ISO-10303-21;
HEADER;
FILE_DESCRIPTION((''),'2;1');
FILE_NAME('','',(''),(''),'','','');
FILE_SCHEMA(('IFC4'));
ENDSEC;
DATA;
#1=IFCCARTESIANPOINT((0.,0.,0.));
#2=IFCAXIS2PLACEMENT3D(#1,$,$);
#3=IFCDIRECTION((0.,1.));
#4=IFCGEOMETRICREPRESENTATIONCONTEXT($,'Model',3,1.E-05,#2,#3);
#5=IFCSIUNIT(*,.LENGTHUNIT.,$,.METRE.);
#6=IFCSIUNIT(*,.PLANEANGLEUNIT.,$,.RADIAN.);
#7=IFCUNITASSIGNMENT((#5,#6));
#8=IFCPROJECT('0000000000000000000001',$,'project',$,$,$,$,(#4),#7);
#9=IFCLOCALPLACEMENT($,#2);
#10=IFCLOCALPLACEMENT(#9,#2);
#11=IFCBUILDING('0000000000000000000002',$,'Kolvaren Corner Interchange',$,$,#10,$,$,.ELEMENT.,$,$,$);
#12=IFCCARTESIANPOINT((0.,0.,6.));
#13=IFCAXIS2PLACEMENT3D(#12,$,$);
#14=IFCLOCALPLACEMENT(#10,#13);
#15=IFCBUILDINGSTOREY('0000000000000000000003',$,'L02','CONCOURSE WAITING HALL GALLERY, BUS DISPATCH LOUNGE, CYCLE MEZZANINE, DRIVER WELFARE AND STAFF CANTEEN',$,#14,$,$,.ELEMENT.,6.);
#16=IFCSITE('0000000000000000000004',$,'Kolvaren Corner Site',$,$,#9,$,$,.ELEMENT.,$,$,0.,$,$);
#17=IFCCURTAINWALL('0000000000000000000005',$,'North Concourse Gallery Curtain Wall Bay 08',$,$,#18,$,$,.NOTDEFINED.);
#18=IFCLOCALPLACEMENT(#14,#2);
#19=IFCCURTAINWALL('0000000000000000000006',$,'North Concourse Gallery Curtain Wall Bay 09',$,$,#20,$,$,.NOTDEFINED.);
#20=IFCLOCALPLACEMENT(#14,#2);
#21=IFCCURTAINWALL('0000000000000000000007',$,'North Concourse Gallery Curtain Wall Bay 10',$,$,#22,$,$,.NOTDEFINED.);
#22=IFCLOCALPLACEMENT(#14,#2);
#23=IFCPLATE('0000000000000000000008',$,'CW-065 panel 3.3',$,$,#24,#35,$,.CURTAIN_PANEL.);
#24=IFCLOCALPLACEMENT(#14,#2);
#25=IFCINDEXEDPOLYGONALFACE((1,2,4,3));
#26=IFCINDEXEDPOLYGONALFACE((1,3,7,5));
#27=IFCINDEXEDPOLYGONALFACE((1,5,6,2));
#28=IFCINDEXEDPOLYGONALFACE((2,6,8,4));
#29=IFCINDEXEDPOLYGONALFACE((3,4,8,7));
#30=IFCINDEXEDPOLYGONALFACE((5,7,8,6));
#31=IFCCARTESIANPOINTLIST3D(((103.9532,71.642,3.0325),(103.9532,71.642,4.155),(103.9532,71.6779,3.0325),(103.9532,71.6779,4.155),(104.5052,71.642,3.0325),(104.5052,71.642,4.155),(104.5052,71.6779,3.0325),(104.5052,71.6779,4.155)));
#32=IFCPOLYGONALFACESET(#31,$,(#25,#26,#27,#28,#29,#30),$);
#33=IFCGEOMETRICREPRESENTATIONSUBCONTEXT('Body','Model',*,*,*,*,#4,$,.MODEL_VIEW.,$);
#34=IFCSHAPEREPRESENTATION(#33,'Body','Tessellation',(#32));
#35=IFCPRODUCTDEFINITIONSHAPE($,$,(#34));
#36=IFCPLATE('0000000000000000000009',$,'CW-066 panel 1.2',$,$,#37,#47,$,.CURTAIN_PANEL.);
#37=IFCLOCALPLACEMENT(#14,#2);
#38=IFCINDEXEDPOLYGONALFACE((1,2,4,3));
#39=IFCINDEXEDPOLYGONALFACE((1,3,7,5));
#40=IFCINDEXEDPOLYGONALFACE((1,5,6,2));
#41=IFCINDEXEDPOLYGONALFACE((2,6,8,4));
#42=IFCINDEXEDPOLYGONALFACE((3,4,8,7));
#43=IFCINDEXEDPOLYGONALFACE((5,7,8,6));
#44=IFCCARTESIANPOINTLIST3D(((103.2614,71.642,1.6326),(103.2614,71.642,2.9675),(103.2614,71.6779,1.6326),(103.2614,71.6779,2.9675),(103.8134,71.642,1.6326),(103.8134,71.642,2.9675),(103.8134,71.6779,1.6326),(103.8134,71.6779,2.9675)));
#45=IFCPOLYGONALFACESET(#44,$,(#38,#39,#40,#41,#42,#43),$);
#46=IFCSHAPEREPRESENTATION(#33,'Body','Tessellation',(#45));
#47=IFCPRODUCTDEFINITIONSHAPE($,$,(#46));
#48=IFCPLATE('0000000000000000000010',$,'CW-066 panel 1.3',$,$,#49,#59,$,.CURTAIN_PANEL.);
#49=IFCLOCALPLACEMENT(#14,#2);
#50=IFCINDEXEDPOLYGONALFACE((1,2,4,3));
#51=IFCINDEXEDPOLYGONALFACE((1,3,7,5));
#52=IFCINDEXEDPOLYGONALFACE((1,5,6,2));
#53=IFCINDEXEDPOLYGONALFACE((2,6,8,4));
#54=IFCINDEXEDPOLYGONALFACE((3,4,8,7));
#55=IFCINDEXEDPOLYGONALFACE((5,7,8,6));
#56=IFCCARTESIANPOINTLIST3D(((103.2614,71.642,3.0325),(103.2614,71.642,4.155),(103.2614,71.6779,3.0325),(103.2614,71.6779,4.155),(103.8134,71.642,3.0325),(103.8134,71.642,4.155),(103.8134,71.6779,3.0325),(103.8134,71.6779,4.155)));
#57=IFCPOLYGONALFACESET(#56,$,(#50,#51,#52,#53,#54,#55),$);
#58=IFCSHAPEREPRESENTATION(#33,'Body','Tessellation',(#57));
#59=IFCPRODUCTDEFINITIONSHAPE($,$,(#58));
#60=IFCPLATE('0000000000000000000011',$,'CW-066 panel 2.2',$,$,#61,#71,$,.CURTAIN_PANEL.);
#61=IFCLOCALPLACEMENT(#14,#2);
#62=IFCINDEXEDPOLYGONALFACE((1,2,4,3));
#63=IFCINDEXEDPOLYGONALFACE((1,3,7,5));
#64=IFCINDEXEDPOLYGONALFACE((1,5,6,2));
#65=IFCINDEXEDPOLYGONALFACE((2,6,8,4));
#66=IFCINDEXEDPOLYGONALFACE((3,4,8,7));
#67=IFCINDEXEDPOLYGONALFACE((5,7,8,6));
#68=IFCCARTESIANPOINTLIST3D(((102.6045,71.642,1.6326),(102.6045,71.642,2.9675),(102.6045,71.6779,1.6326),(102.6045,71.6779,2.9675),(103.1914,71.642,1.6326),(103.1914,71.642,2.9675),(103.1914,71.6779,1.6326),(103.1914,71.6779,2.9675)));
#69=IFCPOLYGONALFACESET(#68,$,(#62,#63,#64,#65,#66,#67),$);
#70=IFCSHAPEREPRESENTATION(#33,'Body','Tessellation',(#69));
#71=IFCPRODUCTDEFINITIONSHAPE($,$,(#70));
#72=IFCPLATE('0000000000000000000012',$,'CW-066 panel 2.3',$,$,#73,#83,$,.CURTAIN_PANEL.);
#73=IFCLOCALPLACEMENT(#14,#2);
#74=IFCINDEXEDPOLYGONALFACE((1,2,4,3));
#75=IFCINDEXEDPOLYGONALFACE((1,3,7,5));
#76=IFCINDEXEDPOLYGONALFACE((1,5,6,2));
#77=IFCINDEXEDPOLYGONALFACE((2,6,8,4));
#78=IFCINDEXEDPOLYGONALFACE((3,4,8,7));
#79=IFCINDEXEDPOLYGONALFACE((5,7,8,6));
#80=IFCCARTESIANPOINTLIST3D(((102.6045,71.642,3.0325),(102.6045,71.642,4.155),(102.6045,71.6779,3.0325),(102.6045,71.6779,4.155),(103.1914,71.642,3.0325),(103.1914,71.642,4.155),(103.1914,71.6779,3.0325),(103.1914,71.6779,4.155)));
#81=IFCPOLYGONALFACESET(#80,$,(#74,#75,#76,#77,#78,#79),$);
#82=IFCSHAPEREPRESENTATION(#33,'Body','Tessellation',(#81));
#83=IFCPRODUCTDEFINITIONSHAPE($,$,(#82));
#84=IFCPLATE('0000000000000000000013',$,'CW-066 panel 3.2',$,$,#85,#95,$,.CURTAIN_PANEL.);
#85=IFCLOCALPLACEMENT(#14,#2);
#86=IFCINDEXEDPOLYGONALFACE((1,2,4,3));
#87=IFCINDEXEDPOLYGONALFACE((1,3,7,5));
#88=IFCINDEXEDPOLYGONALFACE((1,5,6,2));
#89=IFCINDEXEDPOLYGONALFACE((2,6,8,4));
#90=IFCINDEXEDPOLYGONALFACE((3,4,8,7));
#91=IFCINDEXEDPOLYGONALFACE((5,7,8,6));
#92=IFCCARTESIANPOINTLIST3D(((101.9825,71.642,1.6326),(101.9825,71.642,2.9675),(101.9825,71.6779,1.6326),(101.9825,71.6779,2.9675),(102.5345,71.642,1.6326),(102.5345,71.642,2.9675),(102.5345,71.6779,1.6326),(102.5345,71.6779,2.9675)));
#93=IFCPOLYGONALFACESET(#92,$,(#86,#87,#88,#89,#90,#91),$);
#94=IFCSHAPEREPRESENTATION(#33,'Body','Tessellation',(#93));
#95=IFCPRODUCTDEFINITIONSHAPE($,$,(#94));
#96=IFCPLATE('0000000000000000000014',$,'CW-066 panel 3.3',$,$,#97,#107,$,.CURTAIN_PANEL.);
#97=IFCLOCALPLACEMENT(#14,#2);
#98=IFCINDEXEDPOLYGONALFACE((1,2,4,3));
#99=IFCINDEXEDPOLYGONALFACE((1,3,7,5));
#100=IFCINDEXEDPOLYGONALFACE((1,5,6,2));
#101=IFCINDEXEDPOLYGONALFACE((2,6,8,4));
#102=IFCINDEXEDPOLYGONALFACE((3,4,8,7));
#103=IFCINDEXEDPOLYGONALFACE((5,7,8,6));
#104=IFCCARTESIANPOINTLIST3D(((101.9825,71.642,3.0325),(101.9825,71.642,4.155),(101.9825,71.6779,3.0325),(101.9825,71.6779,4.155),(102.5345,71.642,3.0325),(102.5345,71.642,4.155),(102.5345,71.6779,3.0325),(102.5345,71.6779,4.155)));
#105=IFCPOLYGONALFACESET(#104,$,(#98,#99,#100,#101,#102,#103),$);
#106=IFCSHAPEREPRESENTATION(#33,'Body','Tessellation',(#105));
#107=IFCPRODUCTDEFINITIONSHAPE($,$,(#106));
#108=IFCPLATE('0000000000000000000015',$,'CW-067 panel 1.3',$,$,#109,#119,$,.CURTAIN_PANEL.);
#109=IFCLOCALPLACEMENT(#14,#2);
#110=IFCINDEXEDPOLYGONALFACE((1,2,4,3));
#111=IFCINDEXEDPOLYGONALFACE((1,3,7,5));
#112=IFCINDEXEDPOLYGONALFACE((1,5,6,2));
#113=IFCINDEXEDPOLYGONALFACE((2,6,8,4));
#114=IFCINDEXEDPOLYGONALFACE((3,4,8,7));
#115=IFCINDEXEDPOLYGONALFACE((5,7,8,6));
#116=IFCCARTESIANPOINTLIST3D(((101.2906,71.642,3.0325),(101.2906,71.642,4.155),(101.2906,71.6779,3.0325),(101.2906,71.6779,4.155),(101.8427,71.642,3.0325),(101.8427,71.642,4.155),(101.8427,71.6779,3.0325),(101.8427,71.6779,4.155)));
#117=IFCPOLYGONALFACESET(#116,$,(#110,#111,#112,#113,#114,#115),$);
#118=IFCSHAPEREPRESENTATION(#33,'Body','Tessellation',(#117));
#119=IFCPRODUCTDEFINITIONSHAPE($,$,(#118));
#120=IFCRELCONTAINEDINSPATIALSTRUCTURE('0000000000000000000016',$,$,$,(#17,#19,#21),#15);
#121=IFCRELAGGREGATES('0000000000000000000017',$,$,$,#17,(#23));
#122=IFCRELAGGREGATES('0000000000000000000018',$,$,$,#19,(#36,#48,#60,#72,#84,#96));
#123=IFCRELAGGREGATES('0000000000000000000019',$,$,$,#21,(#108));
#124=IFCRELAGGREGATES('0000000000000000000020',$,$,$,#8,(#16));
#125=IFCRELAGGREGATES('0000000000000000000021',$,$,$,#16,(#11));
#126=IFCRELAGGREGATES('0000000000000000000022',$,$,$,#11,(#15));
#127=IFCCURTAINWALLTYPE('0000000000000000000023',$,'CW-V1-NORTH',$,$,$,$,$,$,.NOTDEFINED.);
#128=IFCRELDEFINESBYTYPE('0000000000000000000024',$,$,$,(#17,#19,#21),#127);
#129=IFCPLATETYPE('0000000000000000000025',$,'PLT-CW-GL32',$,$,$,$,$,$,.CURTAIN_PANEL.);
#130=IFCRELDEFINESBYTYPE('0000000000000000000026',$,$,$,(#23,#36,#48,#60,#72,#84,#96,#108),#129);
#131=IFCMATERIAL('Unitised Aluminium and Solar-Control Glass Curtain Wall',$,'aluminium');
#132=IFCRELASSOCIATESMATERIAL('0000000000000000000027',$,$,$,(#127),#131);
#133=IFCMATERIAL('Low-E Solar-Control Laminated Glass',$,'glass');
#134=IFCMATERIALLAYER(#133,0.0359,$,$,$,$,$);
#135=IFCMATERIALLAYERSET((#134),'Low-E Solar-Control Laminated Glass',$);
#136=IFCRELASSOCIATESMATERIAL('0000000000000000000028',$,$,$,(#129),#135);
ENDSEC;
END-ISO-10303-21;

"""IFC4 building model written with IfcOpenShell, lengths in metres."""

from ifc_helpers import new_model, si_unit, direction, frame, origin, origin_2d, place, context, subcontext, project, spatial, rectangle, extrude, material, layer, layer_set, type_object, element, aggregate, save


model = new_model("IFC4")

# Units and contexts
model_context = context("Model", 3, precision=1e-05, world=origin(), true_north=direction((0.0, 1.0)))
body_context = subcontext(model_context, "Body", "Model", "MODEL_VIEW")
ifc_project = project(units=[si_unit("LENGTHUNIT", "METRE"), si_unit("PLANEANGLEUNIT", "RADIAN")], contexts=[model_context])

# Site, building, storey
site_placement = place(None, origin())
site = spatial("IfcSite", under=ifc_project, at=site_placement, Name="Kolvaren Corner Site", CompositionType="ELEMENT", RefElevation=0.0)
building_placement = place(site_placement, origin())
building = spatial("IfcBuilding", under=site, at=building_placement, Name="Kolvaren Corner Interchange", CompositionType="ELEMENT")
storey_placement = place(building_placement, frame((0.0, 0.0, 6.0)))
storey = spatial("IfcBuildingStorey", under=building, at=storey_placement, Name="L02", Description="CONCOURSE WAITING HALL GALLERY, BUS DISPATCH LOUNGE, CYCLE MEZZANINE, DRIVER WELFARE AND STAFF CANTEEN", CompositionType="ELEMENT", Elevation=6.0)

# Curtain walls
ifc_material_1 = material(Name="Unitised Aluminium and Solar-Control Glass Curtain Wall", Category="aluminium")
curtain_wall_type = type_object("IfcCurtainWallType", Name="CW-V1-NORTH", PredefinedType="NOTDEFINED", material=ifc_material_1)
curtain_wall_1_placement = place(storey_placement, origin())
curtain_wall_1 = element("IfcCurtainWall", 1, at=curtain_wall_1_placement, inside=storey, type_object=curtain_wall_type, Name="North Concourse Gallery Curtain Wall Bay 08", PredefinedType="NOTDEFINED")
curtain_wall_2_placement = place(storey_placement, origin())
curtain_wall_2 = element("IfcCurtainWall", 2, at=curtain_wall_2_placement, inside=storey, type_object=curtain_wall_type, Name="North Concourse Gallery Curtain Wall Bay 09", PredefinedType="NOTDEFINED")
curtain_wall_3_placement = place(storey_placement, origin())
curtain_wall_3 = element("IfcCurtainWall", 3, at=curtain_wall_3_placement, inside=storey, type_object=curtain_wall_type, Name="North Concourse Gallery Curtain Wall Bay 10", PredefinedType="NOTDEFINED")

# Plates
ifc_material_2 = material(Name="Low-E Solar-Control Laminated Glass", Category="glass")
ifc_layer = layer(ifc_material_2, 0.0359)
ifc_layer_set = layer_set([ifc_layer], Name="Low-E Solar-Control Laminated Glass")
plate_type = type_object("IfcPlateType", Name="PLT-CW-GL32", PredefinedType="CURTAIN_PANEL", material=ifc_layer_set)
plate_1_placement = place(storey_placement, frame((104.2292, 71.6599, 3.0325), z_axis=(0.0, 0.0, 1.0), x_axis=(-1.0, 0.0, 0.0)))
plate_1 = element("IfcPlate", 4, at=plate_1_placement, type_object=plate_type, Name="CW-065 panel 3.3", PredefinedType="CURTAIN_PANEL", context=body_context, shape_type="SweptSolid", body=[
    extrude(rectangle(XDim=0.552, YDim=0.0359, at=origin_2d()), origin(), (0.0, 0.0, 1.0), 1.1226),
])
aggregate(curtain_wall_1, [plate_1])
plate_2_placement = place(storey_placement, frame((103.5374, 71.6599, 1.6326), z_axis=(0.0, 0.0, 1.0), x_axis=(-1.0, 0.0, 0.0)))
plate_2 = element("IfcPlate", 5, at=plate_2_placement, type_object=plate_type, Name="CW-066 panel 1.2", PredefinedType="CURTAIN_PANEL", context=body_context, shape_type="SweptSolid", body=[
    extrude(rectangle(XDim=0.552, YDim=0.0359, at=origin_2d()), origin(), (0.0, 0.0, 1.0), 1.335),
])
plate_3_placement = place(storey_placement, frame((103.5374, 71.6599, 3.0325), z_axis=(0.0, 0.0, 1.0), x_axis=(-1.0, 0.0, 0.0)))
plate_3 = element("IfcPlate", 6, at=plate_3_placement, type_object=plate_type, Name="CW-066 panel 1.3", PredefinedType="CURTAIN_PANEL", context=body_context, shape_type="SweptSolid", body=[
    extrude(rectangle(XDim=0.552, YDim=0.0359, at=origin_2d()), origin(), (0.0, 0.0, 1.0), 1.1226),
])
plate_4_placement = place(storey_placement, frame((102.8979, 71.6599, 1.6326), z_axis=(0.0, 0.0, 1.0), x_axis=(-1.0, 0.0, 0.0)))
plate_4 = element("IfcPlate", 7, at=plate_4_placement, type_object=plate_type, Name="CW-066 panel 2.2", PredefinedType="CURTAIN_PANEL", context=body_context, shape_type="SweptSolid", body=[
    extrude(rectangle(XDim=0.5869, YDim=0.0359, at=origin_2d()), origin(), (0.0, 0.0, 1.0), 1.335),
])
plate_5_placement = place(storey_placement, frame((102.8979, 71.6599, 3.0325), z_axis=(0.0, 0.0, 1.0), x_axis=(-1.0, 0.0, 0.0)))
plate_5 = element("IfcPlate", 8, at=plate_5_placement, type_object=plate_type, Name="CW-066 panel 2.3", PredefinedType="CURTAIN_PANEL", context=body_context, shape_type="SweptSolid", body=[
    extrude(rectangle(XDim=0.5869, YDim=0.0359, at=origin_2d()), origin(), (0.0, 0.0, 1.0), 1.1226),
])
plate_6_placement = place(storey_placement, frame((102.2585, 71.6599, 1.6326), z_axis=(0.0, 0.0, 1.0), x_axis=(-1.0, 0.0, 0.0)))
plate_6 = element("IfcPlate", 9, at=plate_6_placement, type_object=plate_type, Name="CW-066 panel 3.2", PredefinedType="CURTAIN_PANEL", context=body_context, shape_type="SweptSolid", body=[
    extrude(rectangle(XDim=0.552, YDim=0.0359, at=origin_2d()), origin(), (0.0, 0.0, 1.0), 1.335),
])
plate_7_placement = place(storey_placement, frame((102.2585, 71.6599, 3.0325), z_axis=(0.0, 0.0, 1.0), x_axis=(-1.0, 0.0, 0.0)))
plate_7 = element("IfcPlate", 10, at=plate_7_placement, type_object=plate_type, Name="CW-066 panel 3.3", PredefinedType="CURTAIN_PANEL", context=body_context, shape_type="SweptSolid", body=[
    extrude(rectangle(XDim=0.552, YDim=0.0359, at=origin_2d()), origin(), (0.0, 0.0, 1.0), 1.1226),
])
aggregate(curtain_wall_2, [plate_2, plate_3, plate_4, plate_5, plate_6, plate_7])
plate_8_placement = place(storey_placement, frame((101.5667, 71.6599, 3.0325), z_axis=(0.0, 0.0, 1.0), x_axis=(-1.0, 0.0, 0.0)))
plate_8 = element("IfcPlate", 11, at=plate_8_placement, type_object=plate_type, Name="CW-067 panel 1.3", PredefinedType="CURTAIN_PANEL", context=body_context, shape_type="SweptSolid", body=[
    extrude(rectangle(XDim=0.552, YDim=0.0359, at=origin_2d()), origin(), (0.0, 0.0, 1.0), 1.1226),
])
aggregate(curtain_wall_3, [plate_8])

save(model, "model.ifc")
